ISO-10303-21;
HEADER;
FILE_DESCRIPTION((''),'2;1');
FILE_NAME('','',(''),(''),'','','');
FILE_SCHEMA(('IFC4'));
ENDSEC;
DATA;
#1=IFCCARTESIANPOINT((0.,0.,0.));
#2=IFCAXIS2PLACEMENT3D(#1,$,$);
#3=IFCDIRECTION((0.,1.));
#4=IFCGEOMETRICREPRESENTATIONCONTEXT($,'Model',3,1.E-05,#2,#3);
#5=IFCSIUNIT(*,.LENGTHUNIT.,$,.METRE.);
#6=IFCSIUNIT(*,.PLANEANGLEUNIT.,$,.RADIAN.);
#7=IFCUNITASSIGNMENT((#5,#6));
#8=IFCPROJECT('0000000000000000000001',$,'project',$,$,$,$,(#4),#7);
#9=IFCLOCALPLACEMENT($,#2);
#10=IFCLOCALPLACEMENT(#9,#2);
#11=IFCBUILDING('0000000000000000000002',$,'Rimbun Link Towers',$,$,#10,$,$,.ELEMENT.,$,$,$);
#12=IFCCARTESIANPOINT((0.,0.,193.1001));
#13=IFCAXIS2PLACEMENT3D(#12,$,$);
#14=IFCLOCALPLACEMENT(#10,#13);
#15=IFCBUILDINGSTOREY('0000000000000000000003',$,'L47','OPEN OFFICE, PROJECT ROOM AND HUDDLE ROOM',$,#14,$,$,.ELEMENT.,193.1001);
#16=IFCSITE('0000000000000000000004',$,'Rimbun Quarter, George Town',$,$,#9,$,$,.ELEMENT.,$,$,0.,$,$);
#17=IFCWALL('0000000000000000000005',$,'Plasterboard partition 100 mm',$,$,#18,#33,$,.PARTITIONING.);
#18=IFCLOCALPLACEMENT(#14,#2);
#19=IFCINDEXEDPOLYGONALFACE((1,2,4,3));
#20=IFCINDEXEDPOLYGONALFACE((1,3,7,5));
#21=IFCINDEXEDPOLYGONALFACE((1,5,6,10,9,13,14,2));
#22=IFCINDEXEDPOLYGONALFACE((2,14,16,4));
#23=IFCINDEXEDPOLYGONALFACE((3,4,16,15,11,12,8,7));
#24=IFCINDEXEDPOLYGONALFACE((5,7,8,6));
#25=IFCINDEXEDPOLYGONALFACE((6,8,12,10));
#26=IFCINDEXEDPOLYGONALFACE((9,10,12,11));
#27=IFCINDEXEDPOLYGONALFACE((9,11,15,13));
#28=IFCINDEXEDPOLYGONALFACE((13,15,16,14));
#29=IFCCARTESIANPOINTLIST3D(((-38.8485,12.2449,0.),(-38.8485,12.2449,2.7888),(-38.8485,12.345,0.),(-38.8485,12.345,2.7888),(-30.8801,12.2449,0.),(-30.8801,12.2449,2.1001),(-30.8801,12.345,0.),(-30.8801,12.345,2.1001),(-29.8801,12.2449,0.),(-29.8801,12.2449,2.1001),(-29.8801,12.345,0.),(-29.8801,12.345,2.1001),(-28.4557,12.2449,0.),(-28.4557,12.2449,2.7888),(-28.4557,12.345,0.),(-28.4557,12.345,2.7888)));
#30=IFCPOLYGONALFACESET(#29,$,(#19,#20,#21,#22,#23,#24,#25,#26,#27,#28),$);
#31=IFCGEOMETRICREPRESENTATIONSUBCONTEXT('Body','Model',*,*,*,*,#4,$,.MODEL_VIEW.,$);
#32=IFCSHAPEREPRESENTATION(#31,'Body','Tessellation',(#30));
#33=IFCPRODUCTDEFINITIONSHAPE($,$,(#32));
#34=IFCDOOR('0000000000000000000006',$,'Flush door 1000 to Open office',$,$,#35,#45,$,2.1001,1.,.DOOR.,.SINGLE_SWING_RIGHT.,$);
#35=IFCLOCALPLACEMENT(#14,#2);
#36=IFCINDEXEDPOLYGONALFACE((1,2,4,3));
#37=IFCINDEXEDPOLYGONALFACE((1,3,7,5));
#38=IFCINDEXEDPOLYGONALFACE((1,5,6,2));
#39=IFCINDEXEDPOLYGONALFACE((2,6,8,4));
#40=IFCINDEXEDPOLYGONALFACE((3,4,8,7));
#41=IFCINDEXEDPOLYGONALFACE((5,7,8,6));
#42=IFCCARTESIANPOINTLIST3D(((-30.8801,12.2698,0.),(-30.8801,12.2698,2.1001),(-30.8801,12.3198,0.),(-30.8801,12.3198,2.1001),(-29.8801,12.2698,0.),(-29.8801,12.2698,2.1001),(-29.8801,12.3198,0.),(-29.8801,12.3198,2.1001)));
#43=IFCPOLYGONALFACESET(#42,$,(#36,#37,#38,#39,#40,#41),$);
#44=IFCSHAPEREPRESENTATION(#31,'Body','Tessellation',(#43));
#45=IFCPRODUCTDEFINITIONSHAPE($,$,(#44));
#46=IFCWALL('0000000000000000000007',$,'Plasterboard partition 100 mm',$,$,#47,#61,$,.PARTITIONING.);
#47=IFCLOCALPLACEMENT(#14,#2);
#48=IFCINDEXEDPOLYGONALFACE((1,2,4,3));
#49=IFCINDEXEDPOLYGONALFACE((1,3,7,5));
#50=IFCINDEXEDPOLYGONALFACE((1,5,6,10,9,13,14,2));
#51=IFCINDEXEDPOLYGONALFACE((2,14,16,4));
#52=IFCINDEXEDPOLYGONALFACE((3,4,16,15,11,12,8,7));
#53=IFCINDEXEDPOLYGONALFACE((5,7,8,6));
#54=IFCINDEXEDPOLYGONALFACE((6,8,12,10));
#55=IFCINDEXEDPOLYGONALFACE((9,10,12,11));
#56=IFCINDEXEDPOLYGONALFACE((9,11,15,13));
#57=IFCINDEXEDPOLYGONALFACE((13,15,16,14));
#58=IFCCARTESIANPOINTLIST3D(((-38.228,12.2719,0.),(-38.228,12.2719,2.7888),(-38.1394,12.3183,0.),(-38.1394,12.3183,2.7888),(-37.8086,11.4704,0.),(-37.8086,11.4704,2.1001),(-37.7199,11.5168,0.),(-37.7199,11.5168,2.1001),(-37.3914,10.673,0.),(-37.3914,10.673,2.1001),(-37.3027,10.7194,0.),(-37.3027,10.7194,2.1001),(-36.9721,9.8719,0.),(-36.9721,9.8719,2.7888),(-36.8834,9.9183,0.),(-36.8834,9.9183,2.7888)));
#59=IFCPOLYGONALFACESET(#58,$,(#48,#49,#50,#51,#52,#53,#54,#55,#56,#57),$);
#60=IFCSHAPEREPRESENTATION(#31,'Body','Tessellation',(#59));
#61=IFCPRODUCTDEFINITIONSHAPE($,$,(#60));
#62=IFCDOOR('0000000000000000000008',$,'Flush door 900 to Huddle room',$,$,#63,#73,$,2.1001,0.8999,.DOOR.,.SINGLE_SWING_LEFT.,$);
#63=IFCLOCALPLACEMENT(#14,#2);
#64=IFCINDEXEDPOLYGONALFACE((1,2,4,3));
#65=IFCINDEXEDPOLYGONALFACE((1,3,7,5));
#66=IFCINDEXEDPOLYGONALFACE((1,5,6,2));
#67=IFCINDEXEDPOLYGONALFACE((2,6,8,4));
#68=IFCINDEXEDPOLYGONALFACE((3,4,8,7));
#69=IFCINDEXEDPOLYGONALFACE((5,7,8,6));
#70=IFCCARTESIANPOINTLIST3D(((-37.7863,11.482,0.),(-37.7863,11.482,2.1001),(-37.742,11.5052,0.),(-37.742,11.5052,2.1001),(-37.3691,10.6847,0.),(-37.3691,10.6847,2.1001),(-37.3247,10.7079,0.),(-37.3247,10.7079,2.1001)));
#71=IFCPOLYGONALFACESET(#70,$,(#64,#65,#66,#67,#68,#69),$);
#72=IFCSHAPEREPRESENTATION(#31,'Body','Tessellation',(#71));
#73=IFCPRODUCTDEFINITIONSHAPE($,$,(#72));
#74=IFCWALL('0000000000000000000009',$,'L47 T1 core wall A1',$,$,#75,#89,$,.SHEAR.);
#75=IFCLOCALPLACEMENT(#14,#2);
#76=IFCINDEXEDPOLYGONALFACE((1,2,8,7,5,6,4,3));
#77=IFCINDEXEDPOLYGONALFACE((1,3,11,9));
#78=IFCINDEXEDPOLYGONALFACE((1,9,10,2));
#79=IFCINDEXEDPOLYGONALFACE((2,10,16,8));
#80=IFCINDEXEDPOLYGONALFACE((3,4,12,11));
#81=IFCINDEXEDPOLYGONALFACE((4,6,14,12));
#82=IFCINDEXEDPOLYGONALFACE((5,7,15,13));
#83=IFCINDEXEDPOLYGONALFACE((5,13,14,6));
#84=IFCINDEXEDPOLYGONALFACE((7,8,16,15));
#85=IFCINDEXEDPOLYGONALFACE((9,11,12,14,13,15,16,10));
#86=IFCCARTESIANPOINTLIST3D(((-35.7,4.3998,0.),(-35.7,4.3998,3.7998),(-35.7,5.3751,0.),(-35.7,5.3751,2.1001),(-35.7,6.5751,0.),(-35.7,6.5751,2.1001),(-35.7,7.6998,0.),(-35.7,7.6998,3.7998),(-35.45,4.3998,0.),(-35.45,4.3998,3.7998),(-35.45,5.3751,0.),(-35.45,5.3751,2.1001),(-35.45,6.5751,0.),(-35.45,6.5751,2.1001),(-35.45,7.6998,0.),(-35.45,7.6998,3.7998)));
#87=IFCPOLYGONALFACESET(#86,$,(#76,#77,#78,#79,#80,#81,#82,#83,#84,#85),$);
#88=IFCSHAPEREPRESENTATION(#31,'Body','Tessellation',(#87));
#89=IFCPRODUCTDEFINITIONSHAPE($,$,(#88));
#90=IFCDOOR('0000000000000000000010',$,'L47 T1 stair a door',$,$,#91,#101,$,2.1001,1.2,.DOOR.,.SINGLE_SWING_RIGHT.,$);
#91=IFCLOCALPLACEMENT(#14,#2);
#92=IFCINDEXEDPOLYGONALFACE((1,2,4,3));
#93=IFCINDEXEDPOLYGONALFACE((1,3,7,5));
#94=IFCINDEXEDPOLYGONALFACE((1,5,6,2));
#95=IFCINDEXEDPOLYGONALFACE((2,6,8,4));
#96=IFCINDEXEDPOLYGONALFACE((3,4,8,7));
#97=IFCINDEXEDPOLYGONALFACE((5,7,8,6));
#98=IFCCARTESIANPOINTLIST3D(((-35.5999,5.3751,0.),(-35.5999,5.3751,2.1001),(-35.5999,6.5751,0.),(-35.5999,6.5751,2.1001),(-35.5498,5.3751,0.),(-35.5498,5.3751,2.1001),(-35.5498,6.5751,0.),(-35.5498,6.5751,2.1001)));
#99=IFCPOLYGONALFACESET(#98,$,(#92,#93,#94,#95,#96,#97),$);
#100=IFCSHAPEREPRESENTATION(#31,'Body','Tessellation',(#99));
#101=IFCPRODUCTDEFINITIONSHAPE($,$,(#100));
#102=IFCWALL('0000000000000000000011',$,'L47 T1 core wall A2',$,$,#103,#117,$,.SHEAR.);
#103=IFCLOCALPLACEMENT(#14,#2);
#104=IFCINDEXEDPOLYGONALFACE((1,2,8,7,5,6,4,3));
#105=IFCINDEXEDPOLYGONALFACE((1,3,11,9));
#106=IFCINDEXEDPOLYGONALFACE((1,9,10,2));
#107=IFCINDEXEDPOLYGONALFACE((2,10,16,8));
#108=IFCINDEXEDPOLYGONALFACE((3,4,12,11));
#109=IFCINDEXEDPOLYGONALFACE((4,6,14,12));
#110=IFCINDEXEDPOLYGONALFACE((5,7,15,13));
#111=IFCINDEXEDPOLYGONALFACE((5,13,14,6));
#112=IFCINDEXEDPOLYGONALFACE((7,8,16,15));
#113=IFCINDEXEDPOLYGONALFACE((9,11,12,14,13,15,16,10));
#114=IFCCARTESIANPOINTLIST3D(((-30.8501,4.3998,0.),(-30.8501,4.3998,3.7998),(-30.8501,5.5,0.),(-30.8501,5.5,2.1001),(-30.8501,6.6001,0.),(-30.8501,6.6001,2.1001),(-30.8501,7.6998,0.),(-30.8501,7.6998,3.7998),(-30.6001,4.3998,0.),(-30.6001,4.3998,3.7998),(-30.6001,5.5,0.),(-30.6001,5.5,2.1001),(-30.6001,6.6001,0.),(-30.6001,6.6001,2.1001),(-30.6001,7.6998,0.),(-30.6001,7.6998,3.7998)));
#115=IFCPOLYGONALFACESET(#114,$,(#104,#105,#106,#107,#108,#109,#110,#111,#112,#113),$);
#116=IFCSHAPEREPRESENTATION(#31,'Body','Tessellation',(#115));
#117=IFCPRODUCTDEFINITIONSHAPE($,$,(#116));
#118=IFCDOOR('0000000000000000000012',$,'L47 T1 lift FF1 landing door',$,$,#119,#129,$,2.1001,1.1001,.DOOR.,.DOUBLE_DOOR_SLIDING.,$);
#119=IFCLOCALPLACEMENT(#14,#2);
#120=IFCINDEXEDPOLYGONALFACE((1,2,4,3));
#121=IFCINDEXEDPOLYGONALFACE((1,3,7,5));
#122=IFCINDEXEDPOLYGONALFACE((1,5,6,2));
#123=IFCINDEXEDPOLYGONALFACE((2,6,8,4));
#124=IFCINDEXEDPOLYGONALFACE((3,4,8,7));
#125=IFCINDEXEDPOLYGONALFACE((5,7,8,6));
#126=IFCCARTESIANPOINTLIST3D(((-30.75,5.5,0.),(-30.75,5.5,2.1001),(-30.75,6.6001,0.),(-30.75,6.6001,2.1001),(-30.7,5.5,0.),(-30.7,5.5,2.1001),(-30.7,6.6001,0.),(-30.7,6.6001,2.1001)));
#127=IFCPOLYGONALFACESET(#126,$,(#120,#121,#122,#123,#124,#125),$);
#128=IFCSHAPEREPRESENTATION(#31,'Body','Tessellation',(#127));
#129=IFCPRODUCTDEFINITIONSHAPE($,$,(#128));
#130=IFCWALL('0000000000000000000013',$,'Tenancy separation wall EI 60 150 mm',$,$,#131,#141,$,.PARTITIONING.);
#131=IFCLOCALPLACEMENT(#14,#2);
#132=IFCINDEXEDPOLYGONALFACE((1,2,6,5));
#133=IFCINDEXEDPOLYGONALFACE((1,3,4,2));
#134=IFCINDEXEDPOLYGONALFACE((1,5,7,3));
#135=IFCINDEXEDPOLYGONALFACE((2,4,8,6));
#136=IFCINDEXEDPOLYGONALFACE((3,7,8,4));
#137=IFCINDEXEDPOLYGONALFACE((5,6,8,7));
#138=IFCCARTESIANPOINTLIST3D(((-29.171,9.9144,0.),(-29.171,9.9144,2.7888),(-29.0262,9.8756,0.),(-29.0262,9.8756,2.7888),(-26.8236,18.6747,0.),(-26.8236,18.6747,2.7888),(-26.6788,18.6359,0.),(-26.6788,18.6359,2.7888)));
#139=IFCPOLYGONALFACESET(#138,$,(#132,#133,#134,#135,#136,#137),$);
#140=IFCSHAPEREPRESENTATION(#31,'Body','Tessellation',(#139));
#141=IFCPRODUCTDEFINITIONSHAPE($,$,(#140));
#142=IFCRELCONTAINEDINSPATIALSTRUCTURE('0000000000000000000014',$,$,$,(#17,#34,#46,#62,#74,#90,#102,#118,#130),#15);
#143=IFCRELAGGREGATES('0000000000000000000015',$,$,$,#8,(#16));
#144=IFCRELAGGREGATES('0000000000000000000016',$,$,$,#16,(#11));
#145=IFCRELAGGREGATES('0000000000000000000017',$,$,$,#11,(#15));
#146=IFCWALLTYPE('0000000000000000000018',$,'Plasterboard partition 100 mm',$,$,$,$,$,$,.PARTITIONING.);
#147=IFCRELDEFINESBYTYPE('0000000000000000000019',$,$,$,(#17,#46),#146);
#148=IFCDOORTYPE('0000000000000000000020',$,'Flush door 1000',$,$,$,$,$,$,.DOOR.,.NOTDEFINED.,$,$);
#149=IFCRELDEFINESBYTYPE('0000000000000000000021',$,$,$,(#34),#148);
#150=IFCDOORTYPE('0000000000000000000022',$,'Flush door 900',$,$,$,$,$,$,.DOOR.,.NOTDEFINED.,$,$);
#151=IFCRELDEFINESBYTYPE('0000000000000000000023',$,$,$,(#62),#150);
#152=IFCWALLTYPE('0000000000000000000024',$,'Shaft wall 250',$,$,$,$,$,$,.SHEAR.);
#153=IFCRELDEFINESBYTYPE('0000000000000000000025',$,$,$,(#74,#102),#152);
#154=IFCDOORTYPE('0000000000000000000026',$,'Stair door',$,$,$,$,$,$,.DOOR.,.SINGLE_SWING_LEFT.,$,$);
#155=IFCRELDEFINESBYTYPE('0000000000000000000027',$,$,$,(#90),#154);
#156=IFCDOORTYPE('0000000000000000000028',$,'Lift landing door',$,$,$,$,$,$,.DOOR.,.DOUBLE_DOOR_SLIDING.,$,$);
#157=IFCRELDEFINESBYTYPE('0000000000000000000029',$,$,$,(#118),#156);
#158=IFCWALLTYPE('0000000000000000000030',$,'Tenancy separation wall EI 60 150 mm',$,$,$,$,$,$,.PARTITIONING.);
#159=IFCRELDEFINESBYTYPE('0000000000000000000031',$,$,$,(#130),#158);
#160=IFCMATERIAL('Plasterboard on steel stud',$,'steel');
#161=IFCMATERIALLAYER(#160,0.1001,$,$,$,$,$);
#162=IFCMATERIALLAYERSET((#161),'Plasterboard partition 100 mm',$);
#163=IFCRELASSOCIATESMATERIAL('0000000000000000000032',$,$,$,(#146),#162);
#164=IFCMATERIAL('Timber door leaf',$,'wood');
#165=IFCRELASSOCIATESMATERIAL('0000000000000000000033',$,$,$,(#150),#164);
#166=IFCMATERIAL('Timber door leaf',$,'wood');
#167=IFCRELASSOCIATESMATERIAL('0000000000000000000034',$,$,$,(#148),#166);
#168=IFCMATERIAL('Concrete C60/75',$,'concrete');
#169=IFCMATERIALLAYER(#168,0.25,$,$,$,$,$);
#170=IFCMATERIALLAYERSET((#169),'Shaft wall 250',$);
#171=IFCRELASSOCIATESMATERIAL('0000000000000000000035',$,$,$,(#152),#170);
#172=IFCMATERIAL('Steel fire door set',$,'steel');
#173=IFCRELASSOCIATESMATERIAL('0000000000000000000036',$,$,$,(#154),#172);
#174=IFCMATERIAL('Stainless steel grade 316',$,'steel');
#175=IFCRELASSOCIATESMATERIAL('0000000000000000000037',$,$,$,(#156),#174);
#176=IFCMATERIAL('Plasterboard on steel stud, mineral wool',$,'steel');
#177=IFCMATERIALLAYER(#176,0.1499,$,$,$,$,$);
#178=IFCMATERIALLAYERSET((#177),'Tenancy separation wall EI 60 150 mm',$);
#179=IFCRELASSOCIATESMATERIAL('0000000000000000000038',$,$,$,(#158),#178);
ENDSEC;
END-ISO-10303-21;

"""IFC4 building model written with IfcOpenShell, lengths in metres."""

from ifc_helpers import new_model, si_unit, direction, frame, frame_2d, origin, place, context, subcontext, project, spatial, rectangle, extrude, material, layer, layer_set, type_object, element, fill, save


model = new_model("IFC4")

# Units and contexts
model_context = context("Model", 3, precision=1e-05, world=origin(), true_north=direction((0.0, 1.0)))
body_context = subcontext(model_context, "Body", "Model", "MODEL_VIEW")
ifc_project = project(units=[si_unit("LENGTHUNIT", "METRE"), si_unit("PLANEANGLEUNIT", "RADIAN")], contexts=[model_context])

# Site, building, storey
site_placement = place(None, origin())
site = spatial("IfcSite", under=ifc_project, at=site_placement, Name="Rimbun Quarter, George Town", CompositionType="ELEMENT", RefElevation=0.0)
building_placement = place(site_placement, origin())
building = spatial("IfcBuilding", under=site, at=building_placement, Name="Rimbun Link Towers", CompositionType="ELEMENT")
storey_placement = place(building_placement, frame((0.0, 0.0, 193.1001)))
storey = spatial("IfcBuildingStorey", under=building, at=storey_placement, Name="L47", Description="OPEN OFFICE, PROJECT ROOM AND HUDDLE ROOM", CompositionType="ELEMENT", Elevation=193.1001)

# Walls, openings, doors
ifc_material_1 = material(Name="Plasterboard on steel stud", Category="steel")
ifc_layer_1 = layer(ifc_material_1, 0.1001)
ifc_layer_set_1 = layer_set([ifc_layer_1], Name="Plasterboard partition 100 mm")
wall_type_1 = type_object("IfcWallType", Name="Plasterboard partition 100 mm", PredefinedType="PARTITIONING", material=ifc_layer_set_1)
ifc_material_2 = material(Name="Timber door leaf", Category="wood")
door_type_1 = type_object("IfcDoorType", Name="Flush door 900", OperationType="NOTDEFINED", PredefinedType="DOOR", material=ifc_material_2)
wall_1_placement = place(storey_placement, frame((-38.8484, 12.2949, 0.0), z_axis=(0.0, 0.0, 1.0), x_axis=(1.0, 0.0, 0.0)))
wall_1 = element("IfcWall", 1, at=wall_1_placement, inside=storey, type_object=wall_type_1, Name="Plasterboard partition 100 mm", PredefinedType="PARTITIONING", context=body_context, shape_type="SweptSolid", body=[
    extrude(rectangle(XDim=10.3928, YDim=0.1001, at=frame_2d((5.1963, 0.0))), origin(), (0.0, 0.0, 1.0), 2.7888),
])
opening_1_placement = place(wall_1_placement, frame((7.9683, 0.0, 0.0)))
opening_1 = element("IfcOpeningElement", 2, at=opening_1_placement, cuts=wall_1, PredefinedType="OPENING", context=body_context, shape_type="SweptSolid", body=[
    extrude(rectangle(XDim=1.0, YDim=2.1001, at=frame_2d((0.5, 1.05))), frame((0.0, 0.0601, 0.0), z_axis=(0.0, -1.0, 0.0), x_axis=(1.0, 0.0, 0.0)), (0.0, 0.0, 1.0), 0.1201),
])
ifc_material_3 = material(Name="Timber door leaf", Category="wood")
door_type_2 = type_object("IfcDoorType", Name="Flush door 1000", OperationType="NOTDEFINED", PredefinedType="DOOR", material=ifc_material_3)
door_1_placement = place(opening_1_placement, origin())
door_1 = element("IfcDoor", 3, at=door_1_placement, inside=storey, type_object=door_type_2, Name="Flush door 1000 to Open office", OperationType="SINGLE_SWING_RIGHT", OverallHeight=2.1001, OverallWidth=1.0, PredefinedType="DOOR", context=body_context, shape_type="SweptSolid", body=[
    extrude(rectangle(XDim=1.0, YDim=2.1001, at=frame_2d((0.5, 1.05))), frame((0.0, 0.0249, 0.0), z_axis=(0.0, -1.0, 0.0), x_axis=(1.0, 0.0, 0.0)), (0.0, 0.0, 1.0), 0.05),
])
fill(opening_1, door_1)
wall_2_placement = place(storey_placement, frame((-36.9277, 9.895, 0.0), z_axis=(0.0, 0.0, 1.0), x_axis=(-0.46365, 0.886018, 0.0)))
wall_2 = element("IfcWall", 4, at=wall_2_placement, inside=storey, type_object=wall_type_1, Name="Plasterboard partition 100 mm", PredefinedType="PARTITIONING", context=body_context, shape_type="SweptSolid", body=[
    extrude(rectangle(XDim=2.7087, YDim=0.1001, at=frame_2d((1.3545, 0.0))), origin(), (0.0, 0.0, 1.0), 2.7888),
])
opening_2_placement = place(wall_2_placement, frame((0.9043, 0.0, 0.0)))
opening_2 = element("IfcOpeningElement", 5, at=opening_2_placement, cuts=wall_2, PredefinedType="OPENING", context=body_context, shape_type="SweptSolid", body=[
    extrude(rectangle(XDim=0.8999, YDim=2.1001, at=frame_2d((0.45, 1.05))), frame((0.0, 0.0601, 0.0), z_axis=(0.0, -1.0, 0.0), x_axis=(1.0, 0.0, 0.0)), (0.0, 0.0, 1.0), 0.1201),
])
door_2_placement = place(opening_2_placement, origin())
door_2 = element("IfcDoor", 6, at=door_2_placement, inside=storey, type_object=door_type_1, Name="Flush door 900 to Huddle room", OperationType="SINGLE_SWING_LEFT", OverallHeight=2.1001, OverallWidth=0.8999, PredefinedType="DOOR", context=body_context, shape_type="SweptSolid", body=[
    extrude(rectangle(XDim=0.8999, YDim=2.1001, at=frame_2d((0.45, 1.05))), frame((0.0, 0.0249, 0.0), z_axis=(0.0, -1.0, 0.0), x_axis=(1.0, 0.0, 0.0)), (0.0, 0.0, 1.0), 0.05),
])
fill(opening_2, door_2)
ifc_material_4 = material(Name="Concrete C60/75", Category="concrete")
ifc_layer_2 = layer(ifc_material_4, 0.25)
ifc_layer_set_2 = layer_set([ifc_layer_2], Name="Shaft wall 250")
wall_type_2 = type_object("IfcWallType", Name="Shaft wall 250", PredefinedType="SHEAR", material=ifc_layer_set_2)
wall_3_placement = place(storey_placement, frame((-35.575, 4.3999, 0.0), z_axis=(0.0, 0.0, 1.0), x_axis=(0.0, 1.0, 0.0)))
wall_3 = element("IfcWall", 7, at=wall_3_placement, inside=storey, type_object=wall_type_2, Name="L47 T1 core wall A1", PredefinedType="SHEAR", context=body_context, shape_type="SweptSolid", body=[
    extrude(rectangle(XDim=3.3, YDim=0.25, at=frame_2d((1.6499, 0.0))), origin(), (0.0, 0.0, 1.0), 3.7998),
])
opening_3_placement = place(wall_3_placement, frame((0.9751, 0.0, 0.0)))
opening_3 = element("IfcOpeningElement", 8, at=opening_3_placement, cuts=wall_3, PredefinedType="OPENING", context=body_context, shape_type="SweptSolid", body=[
    extrude(rectangle(XDim=1.2, YDim=2.1001, at=frame_2d((0.6001, 1.05))), frame((0.0, 0.135, 0.0), z_axis=(0.0, -1.0, 0.0), x_axis=(1.0, 0.0, 0.0)), (0.0, 0.0, 1.0), 0.27),
])
ifc_material_5 = material(Name="Steel fire door set", Category="steel")
door_type_3 = type_object("IfcDoorType", Name="Stair door", OperationType="SINGLE_SWING_LEFT", PredefinedType="DOOR", material=ifc_material_5)
door_3_placement = place(opening_3_placement, origin())
door_3 = element("IfcDoor", 9, at=door_3_placement, inside=storey, type_object=door_type_3, Name="L47 T1 stair a door", OperationType="SINGLE_SWING_RIGHT", OverallHeight=2.1001, OverallWidth=1.2, PredefinedType="DOOR", context=body_context, shape_type="SweptSolid", body=[
    extrude(rectangle(XDim=1.2, YDim=2.1001, at=frame_2d((0.6001, 1.05))), frame((0.0, 0.0249, 0.0), z_axis=(0.0, -1.0, 0.0), x_axis=(1.0, 0.0, 0.0)), (0.0, 0.0, 1.0), 0.05),
])
fill(opening_3, door_3)
wall_4_placement = place(storey_placement, frame((-30.7251, 4.3999, 0.0), z_axis=(0.0, 0.0, 1.0), x_axis=(0.0, 1.0, 0.0)))
wall_4 = element("IfcWall", 10, at=wall_4_placement, inside=storey, type_object=wall_type_2, Name="L47 T1 core wall A2", PredefinedType="SHEAR", context=body_context, shape_type="SweptSolid", body=[
    extrude(rectangle(XDim=3.3, YDim=0.25, at=frame_2d((1.6499, 0.0))), origin(), (0.0, 0.0, 1.0), 3.7998),
])
opening_4_placement = place(wall_4_placement, frame((1.1001, 0.0, 0.0)))
opening_4 = element("IfcOpeningElement", 11, at=opening_4_placement, cuts=wall_4, PredefinedType="OPENING", context=body_context, shape_type="SweptSolid", body=[
    extrude(rectangle(XDim=1.1001, YDim=2.1001, at=frame_2d((0.55, 1.05))), frame((0.0, 0.135, 0.0), z_axis=(0.0, -1.0, 0.0), x_axis=(1.0, 0.0, 0.0)), (0.0, 0.0, 1.0), 0.27),
])
ifc_material_6 = material(Name="Stainless steel grade 316", Category="steel")
door_type_4 = type_object("IfcDoorType", Name="Lift landing door", OperationType="DOUBLE_DOOR_SLIDING", PredefinedType="DOOR", material=ifc_material_6)
door_4_placement = place(opening_4_placement, origin())
door_4 = element("IfcDoor", 12, at=door_4_placement, inside=storey, type_object=door_type_4, Name="L47 T1 lift FF1 landing door", OperationType="DOUBLE_DOOR_SLIDING", OverallHeight=2.1001, OverallWidth=1.1001, PredefinedType="DOOR", context=body_context, shape_type="SweptSolid", body=[
    extrude(rectangle(XDim=1.1001, YDim=2.1001, at=frame_2d((0.55, 1.05))), frame((0.0, 0.0249, 0.0), z_axis=(0.0, -1.0, 0.0), x_axis=(1.0, 0.0, 0.0)), (0.0, 0.0, 1.0), 0.05),
])
fill(opening_4, door_4)

# Wall
ifc_material_7 = material(Name="Plasterboard on steel stud, mineral wool", Category="steel")
ifc_layer_3 = layer(ifc_material_7, 0.1499)
ifc_layer_set_3 = layer_set([ifc_layer_3], Name="Tenancy separation wall EI 60 150 mm")
wall_type_3 = type_object("IfcWallType", Name="Tenancy separation wall EI 60 150 mm", PredefinedType="PARTITIONING", material=ifc_layer_set_3)
wall_5_placement = place(storey_placement, frame((-29.0986, 9.895, 0.0), z_axis=(0.0, 0.0, 1.0), x_axis=(0.25883, 0.965923, 0.0)))
element("IfcWall", 13, at=wall_5_placement, inside=storey, type_object=wall_type_3, Name="Tenancy separation wall EI 60 150 mm", PredefinedType="PARTITIONING", context=body_context, shape_type="SweptSolid", body=[
    extrude(rectangle(XDim=9.0693, YDim=0.1499, at=frame_2d((4.5347, 0.0))), origin(), (0.0, 0.0, 1.0), 2.7888),
])

save(model, "model.ifc")
